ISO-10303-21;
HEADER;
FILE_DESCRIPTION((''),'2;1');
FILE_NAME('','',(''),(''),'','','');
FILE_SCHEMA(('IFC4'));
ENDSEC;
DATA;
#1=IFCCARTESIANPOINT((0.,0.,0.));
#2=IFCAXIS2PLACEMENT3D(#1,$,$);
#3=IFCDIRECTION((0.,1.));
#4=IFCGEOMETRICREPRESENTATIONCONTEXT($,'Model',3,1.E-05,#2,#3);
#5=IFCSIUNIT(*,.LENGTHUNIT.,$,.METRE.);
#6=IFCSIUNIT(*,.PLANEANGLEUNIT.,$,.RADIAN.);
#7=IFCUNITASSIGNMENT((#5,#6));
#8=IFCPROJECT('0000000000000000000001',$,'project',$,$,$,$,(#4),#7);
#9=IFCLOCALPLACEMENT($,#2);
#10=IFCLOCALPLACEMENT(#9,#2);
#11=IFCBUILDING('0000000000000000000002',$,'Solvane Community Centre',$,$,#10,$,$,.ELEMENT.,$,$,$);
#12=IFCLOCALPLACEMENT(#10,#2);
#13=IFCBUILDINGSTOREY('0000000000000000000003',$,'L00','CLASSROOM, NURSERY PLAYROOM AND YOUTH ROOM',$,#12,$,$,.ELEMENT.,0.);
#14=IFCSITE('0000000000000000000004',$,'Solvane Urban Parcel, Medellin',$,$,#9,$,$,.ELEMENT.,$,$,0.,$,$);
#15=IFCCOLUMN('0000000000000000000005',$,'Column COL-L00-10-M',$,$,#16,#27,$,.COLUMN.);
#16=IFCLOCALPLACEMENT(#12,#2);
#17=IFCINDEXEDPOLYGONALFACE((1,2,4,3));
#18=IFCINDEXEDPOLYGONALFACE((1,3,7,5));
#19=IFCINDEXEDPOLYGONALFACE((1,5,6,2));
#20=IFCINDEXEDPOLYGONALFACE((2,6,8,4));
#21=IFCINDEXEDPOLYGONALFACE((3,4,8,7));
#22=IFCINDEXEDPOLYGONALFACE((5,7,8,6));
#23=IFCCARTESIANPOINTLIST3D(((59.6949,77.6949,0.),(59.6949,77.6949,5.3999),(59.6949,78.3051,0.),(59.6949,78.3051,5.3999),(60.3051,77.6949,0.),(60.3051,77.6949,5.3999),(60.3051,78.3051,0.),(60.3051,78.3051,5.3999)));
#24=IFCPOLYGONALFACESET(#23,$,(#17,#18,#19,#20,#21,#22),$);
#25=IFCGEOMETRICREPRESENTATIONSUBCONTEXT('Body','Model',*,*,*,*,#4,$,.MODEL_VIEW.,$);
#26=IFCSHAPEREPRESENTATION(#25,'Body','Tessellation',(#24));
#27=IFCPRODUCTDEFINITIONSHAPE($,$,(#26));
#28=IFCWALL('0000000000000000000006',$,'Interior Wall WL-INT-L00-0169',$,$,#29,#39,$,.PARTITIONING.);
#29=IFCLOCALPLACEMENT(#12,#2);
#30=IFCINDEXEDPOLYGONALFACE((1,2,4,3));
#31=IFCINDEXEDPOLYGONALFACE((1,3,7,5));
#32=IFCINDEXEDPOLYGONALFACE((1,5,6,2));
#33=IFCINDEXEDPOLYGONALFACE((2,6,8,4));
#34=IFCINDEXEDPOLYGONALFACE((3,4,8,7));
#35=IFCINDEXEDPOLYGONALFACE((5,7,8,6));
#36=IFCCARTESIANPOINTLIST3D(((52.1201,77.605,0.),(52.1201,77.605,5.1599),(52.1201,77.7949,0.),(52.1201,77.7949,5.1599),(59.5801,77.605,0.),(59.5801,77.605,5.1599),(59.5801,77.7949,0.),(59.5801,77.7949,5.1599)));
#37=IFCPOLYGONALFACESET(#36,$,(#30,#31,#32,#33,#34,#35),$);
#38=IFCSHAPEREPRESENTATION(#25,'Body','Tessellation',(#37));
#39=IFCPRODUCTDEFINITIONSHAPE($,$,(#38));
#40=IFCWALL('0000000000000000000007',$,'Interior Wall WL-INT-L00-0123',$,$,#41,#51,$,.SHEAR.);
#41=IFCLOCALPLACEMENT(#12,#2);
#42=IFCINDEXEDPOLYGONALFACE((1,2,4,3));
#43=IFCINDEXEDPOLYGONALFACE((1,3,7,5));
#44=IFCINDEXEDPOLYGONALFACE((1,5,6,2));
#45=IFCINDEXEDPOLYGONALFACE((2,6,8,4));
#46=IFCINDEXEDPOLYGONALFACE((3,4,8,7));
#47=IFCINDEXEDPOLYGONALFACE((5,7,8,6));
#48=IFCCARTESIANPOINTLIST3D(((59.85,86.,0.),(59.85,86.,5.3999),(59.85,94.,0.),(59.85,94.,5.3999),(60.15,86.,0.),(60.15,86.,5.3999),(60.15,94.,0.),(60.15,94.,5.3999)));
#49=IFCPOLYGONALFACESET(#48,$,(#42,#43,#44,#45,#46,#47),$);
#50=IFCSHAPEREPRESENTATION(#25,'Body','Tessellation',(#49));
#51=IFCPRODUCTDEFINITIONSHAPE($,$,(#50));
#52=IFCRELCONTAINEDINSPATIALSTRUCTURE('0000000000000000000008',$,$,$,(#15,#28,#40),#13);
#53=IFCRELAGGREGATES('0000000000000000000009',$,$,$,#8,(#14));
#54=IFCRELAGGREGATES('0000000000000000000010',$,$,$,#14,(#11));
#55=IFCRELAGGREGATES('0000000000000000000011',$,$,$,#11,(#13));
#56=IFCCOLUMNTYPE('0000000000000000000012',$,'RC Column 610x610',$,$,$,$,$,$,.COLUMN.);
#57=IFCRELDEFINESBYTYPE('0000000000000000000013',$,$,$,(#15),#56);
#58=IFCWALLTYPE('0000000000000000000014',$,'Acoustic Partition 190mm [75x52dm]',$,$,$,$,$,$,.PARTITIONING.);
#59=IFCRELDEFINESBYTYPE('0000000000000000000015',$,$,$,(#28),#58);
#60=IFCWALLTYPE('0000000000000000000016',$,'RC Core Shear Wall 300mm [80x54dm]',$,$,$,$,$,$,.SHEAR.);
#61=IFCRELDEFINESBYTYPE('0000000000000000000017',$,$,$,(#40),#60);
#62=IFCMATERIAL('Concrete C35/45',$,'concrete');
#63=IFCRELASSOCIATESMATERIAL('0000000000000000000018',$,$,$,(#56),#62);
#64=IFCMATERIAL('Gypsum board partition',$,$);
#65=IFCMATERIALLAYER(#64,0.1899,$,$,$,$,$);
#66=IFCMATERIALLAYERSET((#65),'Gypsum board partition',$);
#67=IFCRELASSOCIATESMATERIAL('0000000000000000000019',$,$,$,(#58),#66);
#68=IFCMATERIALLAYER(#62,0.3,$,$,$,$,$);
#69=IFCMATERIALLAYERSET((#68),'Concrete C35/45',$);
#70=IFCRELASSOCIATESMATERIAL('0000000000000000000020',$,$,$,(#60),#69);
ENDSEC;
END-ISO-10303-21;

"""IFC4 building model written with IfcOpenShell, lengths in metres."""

from ifc_helpers import new_model, si_unit, direction, frame, frame_2d, origin, origin_2d, place, context, subcontext, project, spatial, rectangle, extrude, material, layer, layer_set, material_profile, profile_set, type_object, element, save


model = new_model("IFC4")

# Units and contexts
model_context = context("Model", 3, precision=1e-05, world=origin(), true_north=direction((0.0, 1.0)))
body_context = subcontext(model_context, "Body", "Model", "MODEL_VIEW")
ifc_project = project(units=[si_unit("LENGTHUNIT", "METRE"), si_unit("PLANEANGLEUNIT", "RADIAN")], contexts=[model_context])

# Site, building, storey
site_placement = place(None, origin())
site = spatial("IfcSite", under=ifc_project, at=site_placement, Name="Solvane Urban Parcel, Medellin", CompositionType="ELEMENT", RefElevation=0.0)
building_placement = place(site_placement, origin())
building = spatial("IfcBuilding", under=site, at=building_placement, Name="Solvane Community Centre", CompositionType="ELEMENT")
storey_placement = place(building_placement, origin())
storey = spatial("IfcBuildingStorey", under=building, at=storey_placement, Name="L00", Description="CLASSROOM, NURSERY PLAYROOM AND YOUTH ROOM", CompositionType="ELEMENT", Elevation=0.0)

# Column
ifc_material_1 = material(Name="Concrete C35/45", Category="concrete")
ifc_material_profile_1 = material_profile(ifc_material_1, rectangle(XDim=0.6101, YDim=0.6101, at=origin_2d()), Name="RC 610x610")
ifc_profile_set_1 = profile_set([ifc_material_profile_1], Name="Concrete C35/45")
column_type_1 = type_object("IfcColumnType", Name="RC Column 610x610", PredefinedType="COLUMN", material=ifc_profile_set_1)
for number, where, z_axis, x_axis, name in (
    (1, (60.0, 78.0, 0.0), (0.0, 0.0, 1.0), (1.0, 0.0, 0.0), "Column COL-L00-10-M"),
):
    element("IfcColumn", number, at=place(storey_placement, frame(where, z_axis=z_axis, x_axis=x_axis)), inside=storey, type_object=column_type_1, Name=name, PredefinedType="COLUMN", context=body_context, shape_type="SweptSolid", body=[
        extrude(rectangle(XDim=0.6101, YDim=0.6101, at=origin_2d()), origin(), (0.0, 0.0, 1.0), 5.3999),
    ])

# Walls
ifc_material_2 = material(Name="Gypsum board partition")
ifc_layer_1 = layer(ifc_material_2, 0.1899)
ifc_layer_set_1 = layer_set([ifc_layer_1], Name="Gypsum board partition")
wall_type_1 = type_object("IfcWallType", Name="Acoustic Partition 190mm [75x52dm]", PredefinedType="PARTITIONING", material=ifc_layer_set_1)
wall_1_placement = place(storey_placement, frame((59.5801, 77.7, 0.0), z_axis=(0.0, 0.0, 1.0), x_axis=(-1.0, 0.0, 0.0)))
element("IfcWall", 2, at=wall_1_placement, inside=storey, type_object=wall_type_1, Name="Interior Wall WL-INT-L00-0169", PredefinedType="PARTITIONING", context=body_context, shape_type="SweptSolid", body=[
    extrude(rectangle(XDim=7.46, YDim=0.1899, at=frame_2d((3.73, 0.0))), origin(), (0.0, 0.0, 1.0), 5.1599),
])
ifc_layer_2 = layer(ifc_material_1, 0.3)
ifc_layer_set_2 = layer_set([ifc_layer_2], Name="Concrete C35/45")
wall_type_2 = type_object("IfcWallType", Name="RC Core Shear Wall 300mm [80x54dm]", PredefinedType="SHEAR", material=ifc_layer_set_2)
wall_2_placement = place(storey_placement, frame((60.0, 86.0, 0.0), z_axis=(0.0, 0.0, 1.0), x_axis=(0.0, 1.0, 0.0)))
element("IfcWall", 3, at=wall_2_placement, inside=storey, type_object=wall_type_2, Name="Interior Wall WL-INT-L00-0123", PredefinedType="SHEAR", context=body_context, shape_type="SweptSolid", body=[
    extrude(rectangle(XDim=8.0, YDim=0.3, at=frame_2d((4.0, 0.0))), origin(), (0.0, 0.0, 1.0), 5.3999),
])

save(model, "model.ifc")
